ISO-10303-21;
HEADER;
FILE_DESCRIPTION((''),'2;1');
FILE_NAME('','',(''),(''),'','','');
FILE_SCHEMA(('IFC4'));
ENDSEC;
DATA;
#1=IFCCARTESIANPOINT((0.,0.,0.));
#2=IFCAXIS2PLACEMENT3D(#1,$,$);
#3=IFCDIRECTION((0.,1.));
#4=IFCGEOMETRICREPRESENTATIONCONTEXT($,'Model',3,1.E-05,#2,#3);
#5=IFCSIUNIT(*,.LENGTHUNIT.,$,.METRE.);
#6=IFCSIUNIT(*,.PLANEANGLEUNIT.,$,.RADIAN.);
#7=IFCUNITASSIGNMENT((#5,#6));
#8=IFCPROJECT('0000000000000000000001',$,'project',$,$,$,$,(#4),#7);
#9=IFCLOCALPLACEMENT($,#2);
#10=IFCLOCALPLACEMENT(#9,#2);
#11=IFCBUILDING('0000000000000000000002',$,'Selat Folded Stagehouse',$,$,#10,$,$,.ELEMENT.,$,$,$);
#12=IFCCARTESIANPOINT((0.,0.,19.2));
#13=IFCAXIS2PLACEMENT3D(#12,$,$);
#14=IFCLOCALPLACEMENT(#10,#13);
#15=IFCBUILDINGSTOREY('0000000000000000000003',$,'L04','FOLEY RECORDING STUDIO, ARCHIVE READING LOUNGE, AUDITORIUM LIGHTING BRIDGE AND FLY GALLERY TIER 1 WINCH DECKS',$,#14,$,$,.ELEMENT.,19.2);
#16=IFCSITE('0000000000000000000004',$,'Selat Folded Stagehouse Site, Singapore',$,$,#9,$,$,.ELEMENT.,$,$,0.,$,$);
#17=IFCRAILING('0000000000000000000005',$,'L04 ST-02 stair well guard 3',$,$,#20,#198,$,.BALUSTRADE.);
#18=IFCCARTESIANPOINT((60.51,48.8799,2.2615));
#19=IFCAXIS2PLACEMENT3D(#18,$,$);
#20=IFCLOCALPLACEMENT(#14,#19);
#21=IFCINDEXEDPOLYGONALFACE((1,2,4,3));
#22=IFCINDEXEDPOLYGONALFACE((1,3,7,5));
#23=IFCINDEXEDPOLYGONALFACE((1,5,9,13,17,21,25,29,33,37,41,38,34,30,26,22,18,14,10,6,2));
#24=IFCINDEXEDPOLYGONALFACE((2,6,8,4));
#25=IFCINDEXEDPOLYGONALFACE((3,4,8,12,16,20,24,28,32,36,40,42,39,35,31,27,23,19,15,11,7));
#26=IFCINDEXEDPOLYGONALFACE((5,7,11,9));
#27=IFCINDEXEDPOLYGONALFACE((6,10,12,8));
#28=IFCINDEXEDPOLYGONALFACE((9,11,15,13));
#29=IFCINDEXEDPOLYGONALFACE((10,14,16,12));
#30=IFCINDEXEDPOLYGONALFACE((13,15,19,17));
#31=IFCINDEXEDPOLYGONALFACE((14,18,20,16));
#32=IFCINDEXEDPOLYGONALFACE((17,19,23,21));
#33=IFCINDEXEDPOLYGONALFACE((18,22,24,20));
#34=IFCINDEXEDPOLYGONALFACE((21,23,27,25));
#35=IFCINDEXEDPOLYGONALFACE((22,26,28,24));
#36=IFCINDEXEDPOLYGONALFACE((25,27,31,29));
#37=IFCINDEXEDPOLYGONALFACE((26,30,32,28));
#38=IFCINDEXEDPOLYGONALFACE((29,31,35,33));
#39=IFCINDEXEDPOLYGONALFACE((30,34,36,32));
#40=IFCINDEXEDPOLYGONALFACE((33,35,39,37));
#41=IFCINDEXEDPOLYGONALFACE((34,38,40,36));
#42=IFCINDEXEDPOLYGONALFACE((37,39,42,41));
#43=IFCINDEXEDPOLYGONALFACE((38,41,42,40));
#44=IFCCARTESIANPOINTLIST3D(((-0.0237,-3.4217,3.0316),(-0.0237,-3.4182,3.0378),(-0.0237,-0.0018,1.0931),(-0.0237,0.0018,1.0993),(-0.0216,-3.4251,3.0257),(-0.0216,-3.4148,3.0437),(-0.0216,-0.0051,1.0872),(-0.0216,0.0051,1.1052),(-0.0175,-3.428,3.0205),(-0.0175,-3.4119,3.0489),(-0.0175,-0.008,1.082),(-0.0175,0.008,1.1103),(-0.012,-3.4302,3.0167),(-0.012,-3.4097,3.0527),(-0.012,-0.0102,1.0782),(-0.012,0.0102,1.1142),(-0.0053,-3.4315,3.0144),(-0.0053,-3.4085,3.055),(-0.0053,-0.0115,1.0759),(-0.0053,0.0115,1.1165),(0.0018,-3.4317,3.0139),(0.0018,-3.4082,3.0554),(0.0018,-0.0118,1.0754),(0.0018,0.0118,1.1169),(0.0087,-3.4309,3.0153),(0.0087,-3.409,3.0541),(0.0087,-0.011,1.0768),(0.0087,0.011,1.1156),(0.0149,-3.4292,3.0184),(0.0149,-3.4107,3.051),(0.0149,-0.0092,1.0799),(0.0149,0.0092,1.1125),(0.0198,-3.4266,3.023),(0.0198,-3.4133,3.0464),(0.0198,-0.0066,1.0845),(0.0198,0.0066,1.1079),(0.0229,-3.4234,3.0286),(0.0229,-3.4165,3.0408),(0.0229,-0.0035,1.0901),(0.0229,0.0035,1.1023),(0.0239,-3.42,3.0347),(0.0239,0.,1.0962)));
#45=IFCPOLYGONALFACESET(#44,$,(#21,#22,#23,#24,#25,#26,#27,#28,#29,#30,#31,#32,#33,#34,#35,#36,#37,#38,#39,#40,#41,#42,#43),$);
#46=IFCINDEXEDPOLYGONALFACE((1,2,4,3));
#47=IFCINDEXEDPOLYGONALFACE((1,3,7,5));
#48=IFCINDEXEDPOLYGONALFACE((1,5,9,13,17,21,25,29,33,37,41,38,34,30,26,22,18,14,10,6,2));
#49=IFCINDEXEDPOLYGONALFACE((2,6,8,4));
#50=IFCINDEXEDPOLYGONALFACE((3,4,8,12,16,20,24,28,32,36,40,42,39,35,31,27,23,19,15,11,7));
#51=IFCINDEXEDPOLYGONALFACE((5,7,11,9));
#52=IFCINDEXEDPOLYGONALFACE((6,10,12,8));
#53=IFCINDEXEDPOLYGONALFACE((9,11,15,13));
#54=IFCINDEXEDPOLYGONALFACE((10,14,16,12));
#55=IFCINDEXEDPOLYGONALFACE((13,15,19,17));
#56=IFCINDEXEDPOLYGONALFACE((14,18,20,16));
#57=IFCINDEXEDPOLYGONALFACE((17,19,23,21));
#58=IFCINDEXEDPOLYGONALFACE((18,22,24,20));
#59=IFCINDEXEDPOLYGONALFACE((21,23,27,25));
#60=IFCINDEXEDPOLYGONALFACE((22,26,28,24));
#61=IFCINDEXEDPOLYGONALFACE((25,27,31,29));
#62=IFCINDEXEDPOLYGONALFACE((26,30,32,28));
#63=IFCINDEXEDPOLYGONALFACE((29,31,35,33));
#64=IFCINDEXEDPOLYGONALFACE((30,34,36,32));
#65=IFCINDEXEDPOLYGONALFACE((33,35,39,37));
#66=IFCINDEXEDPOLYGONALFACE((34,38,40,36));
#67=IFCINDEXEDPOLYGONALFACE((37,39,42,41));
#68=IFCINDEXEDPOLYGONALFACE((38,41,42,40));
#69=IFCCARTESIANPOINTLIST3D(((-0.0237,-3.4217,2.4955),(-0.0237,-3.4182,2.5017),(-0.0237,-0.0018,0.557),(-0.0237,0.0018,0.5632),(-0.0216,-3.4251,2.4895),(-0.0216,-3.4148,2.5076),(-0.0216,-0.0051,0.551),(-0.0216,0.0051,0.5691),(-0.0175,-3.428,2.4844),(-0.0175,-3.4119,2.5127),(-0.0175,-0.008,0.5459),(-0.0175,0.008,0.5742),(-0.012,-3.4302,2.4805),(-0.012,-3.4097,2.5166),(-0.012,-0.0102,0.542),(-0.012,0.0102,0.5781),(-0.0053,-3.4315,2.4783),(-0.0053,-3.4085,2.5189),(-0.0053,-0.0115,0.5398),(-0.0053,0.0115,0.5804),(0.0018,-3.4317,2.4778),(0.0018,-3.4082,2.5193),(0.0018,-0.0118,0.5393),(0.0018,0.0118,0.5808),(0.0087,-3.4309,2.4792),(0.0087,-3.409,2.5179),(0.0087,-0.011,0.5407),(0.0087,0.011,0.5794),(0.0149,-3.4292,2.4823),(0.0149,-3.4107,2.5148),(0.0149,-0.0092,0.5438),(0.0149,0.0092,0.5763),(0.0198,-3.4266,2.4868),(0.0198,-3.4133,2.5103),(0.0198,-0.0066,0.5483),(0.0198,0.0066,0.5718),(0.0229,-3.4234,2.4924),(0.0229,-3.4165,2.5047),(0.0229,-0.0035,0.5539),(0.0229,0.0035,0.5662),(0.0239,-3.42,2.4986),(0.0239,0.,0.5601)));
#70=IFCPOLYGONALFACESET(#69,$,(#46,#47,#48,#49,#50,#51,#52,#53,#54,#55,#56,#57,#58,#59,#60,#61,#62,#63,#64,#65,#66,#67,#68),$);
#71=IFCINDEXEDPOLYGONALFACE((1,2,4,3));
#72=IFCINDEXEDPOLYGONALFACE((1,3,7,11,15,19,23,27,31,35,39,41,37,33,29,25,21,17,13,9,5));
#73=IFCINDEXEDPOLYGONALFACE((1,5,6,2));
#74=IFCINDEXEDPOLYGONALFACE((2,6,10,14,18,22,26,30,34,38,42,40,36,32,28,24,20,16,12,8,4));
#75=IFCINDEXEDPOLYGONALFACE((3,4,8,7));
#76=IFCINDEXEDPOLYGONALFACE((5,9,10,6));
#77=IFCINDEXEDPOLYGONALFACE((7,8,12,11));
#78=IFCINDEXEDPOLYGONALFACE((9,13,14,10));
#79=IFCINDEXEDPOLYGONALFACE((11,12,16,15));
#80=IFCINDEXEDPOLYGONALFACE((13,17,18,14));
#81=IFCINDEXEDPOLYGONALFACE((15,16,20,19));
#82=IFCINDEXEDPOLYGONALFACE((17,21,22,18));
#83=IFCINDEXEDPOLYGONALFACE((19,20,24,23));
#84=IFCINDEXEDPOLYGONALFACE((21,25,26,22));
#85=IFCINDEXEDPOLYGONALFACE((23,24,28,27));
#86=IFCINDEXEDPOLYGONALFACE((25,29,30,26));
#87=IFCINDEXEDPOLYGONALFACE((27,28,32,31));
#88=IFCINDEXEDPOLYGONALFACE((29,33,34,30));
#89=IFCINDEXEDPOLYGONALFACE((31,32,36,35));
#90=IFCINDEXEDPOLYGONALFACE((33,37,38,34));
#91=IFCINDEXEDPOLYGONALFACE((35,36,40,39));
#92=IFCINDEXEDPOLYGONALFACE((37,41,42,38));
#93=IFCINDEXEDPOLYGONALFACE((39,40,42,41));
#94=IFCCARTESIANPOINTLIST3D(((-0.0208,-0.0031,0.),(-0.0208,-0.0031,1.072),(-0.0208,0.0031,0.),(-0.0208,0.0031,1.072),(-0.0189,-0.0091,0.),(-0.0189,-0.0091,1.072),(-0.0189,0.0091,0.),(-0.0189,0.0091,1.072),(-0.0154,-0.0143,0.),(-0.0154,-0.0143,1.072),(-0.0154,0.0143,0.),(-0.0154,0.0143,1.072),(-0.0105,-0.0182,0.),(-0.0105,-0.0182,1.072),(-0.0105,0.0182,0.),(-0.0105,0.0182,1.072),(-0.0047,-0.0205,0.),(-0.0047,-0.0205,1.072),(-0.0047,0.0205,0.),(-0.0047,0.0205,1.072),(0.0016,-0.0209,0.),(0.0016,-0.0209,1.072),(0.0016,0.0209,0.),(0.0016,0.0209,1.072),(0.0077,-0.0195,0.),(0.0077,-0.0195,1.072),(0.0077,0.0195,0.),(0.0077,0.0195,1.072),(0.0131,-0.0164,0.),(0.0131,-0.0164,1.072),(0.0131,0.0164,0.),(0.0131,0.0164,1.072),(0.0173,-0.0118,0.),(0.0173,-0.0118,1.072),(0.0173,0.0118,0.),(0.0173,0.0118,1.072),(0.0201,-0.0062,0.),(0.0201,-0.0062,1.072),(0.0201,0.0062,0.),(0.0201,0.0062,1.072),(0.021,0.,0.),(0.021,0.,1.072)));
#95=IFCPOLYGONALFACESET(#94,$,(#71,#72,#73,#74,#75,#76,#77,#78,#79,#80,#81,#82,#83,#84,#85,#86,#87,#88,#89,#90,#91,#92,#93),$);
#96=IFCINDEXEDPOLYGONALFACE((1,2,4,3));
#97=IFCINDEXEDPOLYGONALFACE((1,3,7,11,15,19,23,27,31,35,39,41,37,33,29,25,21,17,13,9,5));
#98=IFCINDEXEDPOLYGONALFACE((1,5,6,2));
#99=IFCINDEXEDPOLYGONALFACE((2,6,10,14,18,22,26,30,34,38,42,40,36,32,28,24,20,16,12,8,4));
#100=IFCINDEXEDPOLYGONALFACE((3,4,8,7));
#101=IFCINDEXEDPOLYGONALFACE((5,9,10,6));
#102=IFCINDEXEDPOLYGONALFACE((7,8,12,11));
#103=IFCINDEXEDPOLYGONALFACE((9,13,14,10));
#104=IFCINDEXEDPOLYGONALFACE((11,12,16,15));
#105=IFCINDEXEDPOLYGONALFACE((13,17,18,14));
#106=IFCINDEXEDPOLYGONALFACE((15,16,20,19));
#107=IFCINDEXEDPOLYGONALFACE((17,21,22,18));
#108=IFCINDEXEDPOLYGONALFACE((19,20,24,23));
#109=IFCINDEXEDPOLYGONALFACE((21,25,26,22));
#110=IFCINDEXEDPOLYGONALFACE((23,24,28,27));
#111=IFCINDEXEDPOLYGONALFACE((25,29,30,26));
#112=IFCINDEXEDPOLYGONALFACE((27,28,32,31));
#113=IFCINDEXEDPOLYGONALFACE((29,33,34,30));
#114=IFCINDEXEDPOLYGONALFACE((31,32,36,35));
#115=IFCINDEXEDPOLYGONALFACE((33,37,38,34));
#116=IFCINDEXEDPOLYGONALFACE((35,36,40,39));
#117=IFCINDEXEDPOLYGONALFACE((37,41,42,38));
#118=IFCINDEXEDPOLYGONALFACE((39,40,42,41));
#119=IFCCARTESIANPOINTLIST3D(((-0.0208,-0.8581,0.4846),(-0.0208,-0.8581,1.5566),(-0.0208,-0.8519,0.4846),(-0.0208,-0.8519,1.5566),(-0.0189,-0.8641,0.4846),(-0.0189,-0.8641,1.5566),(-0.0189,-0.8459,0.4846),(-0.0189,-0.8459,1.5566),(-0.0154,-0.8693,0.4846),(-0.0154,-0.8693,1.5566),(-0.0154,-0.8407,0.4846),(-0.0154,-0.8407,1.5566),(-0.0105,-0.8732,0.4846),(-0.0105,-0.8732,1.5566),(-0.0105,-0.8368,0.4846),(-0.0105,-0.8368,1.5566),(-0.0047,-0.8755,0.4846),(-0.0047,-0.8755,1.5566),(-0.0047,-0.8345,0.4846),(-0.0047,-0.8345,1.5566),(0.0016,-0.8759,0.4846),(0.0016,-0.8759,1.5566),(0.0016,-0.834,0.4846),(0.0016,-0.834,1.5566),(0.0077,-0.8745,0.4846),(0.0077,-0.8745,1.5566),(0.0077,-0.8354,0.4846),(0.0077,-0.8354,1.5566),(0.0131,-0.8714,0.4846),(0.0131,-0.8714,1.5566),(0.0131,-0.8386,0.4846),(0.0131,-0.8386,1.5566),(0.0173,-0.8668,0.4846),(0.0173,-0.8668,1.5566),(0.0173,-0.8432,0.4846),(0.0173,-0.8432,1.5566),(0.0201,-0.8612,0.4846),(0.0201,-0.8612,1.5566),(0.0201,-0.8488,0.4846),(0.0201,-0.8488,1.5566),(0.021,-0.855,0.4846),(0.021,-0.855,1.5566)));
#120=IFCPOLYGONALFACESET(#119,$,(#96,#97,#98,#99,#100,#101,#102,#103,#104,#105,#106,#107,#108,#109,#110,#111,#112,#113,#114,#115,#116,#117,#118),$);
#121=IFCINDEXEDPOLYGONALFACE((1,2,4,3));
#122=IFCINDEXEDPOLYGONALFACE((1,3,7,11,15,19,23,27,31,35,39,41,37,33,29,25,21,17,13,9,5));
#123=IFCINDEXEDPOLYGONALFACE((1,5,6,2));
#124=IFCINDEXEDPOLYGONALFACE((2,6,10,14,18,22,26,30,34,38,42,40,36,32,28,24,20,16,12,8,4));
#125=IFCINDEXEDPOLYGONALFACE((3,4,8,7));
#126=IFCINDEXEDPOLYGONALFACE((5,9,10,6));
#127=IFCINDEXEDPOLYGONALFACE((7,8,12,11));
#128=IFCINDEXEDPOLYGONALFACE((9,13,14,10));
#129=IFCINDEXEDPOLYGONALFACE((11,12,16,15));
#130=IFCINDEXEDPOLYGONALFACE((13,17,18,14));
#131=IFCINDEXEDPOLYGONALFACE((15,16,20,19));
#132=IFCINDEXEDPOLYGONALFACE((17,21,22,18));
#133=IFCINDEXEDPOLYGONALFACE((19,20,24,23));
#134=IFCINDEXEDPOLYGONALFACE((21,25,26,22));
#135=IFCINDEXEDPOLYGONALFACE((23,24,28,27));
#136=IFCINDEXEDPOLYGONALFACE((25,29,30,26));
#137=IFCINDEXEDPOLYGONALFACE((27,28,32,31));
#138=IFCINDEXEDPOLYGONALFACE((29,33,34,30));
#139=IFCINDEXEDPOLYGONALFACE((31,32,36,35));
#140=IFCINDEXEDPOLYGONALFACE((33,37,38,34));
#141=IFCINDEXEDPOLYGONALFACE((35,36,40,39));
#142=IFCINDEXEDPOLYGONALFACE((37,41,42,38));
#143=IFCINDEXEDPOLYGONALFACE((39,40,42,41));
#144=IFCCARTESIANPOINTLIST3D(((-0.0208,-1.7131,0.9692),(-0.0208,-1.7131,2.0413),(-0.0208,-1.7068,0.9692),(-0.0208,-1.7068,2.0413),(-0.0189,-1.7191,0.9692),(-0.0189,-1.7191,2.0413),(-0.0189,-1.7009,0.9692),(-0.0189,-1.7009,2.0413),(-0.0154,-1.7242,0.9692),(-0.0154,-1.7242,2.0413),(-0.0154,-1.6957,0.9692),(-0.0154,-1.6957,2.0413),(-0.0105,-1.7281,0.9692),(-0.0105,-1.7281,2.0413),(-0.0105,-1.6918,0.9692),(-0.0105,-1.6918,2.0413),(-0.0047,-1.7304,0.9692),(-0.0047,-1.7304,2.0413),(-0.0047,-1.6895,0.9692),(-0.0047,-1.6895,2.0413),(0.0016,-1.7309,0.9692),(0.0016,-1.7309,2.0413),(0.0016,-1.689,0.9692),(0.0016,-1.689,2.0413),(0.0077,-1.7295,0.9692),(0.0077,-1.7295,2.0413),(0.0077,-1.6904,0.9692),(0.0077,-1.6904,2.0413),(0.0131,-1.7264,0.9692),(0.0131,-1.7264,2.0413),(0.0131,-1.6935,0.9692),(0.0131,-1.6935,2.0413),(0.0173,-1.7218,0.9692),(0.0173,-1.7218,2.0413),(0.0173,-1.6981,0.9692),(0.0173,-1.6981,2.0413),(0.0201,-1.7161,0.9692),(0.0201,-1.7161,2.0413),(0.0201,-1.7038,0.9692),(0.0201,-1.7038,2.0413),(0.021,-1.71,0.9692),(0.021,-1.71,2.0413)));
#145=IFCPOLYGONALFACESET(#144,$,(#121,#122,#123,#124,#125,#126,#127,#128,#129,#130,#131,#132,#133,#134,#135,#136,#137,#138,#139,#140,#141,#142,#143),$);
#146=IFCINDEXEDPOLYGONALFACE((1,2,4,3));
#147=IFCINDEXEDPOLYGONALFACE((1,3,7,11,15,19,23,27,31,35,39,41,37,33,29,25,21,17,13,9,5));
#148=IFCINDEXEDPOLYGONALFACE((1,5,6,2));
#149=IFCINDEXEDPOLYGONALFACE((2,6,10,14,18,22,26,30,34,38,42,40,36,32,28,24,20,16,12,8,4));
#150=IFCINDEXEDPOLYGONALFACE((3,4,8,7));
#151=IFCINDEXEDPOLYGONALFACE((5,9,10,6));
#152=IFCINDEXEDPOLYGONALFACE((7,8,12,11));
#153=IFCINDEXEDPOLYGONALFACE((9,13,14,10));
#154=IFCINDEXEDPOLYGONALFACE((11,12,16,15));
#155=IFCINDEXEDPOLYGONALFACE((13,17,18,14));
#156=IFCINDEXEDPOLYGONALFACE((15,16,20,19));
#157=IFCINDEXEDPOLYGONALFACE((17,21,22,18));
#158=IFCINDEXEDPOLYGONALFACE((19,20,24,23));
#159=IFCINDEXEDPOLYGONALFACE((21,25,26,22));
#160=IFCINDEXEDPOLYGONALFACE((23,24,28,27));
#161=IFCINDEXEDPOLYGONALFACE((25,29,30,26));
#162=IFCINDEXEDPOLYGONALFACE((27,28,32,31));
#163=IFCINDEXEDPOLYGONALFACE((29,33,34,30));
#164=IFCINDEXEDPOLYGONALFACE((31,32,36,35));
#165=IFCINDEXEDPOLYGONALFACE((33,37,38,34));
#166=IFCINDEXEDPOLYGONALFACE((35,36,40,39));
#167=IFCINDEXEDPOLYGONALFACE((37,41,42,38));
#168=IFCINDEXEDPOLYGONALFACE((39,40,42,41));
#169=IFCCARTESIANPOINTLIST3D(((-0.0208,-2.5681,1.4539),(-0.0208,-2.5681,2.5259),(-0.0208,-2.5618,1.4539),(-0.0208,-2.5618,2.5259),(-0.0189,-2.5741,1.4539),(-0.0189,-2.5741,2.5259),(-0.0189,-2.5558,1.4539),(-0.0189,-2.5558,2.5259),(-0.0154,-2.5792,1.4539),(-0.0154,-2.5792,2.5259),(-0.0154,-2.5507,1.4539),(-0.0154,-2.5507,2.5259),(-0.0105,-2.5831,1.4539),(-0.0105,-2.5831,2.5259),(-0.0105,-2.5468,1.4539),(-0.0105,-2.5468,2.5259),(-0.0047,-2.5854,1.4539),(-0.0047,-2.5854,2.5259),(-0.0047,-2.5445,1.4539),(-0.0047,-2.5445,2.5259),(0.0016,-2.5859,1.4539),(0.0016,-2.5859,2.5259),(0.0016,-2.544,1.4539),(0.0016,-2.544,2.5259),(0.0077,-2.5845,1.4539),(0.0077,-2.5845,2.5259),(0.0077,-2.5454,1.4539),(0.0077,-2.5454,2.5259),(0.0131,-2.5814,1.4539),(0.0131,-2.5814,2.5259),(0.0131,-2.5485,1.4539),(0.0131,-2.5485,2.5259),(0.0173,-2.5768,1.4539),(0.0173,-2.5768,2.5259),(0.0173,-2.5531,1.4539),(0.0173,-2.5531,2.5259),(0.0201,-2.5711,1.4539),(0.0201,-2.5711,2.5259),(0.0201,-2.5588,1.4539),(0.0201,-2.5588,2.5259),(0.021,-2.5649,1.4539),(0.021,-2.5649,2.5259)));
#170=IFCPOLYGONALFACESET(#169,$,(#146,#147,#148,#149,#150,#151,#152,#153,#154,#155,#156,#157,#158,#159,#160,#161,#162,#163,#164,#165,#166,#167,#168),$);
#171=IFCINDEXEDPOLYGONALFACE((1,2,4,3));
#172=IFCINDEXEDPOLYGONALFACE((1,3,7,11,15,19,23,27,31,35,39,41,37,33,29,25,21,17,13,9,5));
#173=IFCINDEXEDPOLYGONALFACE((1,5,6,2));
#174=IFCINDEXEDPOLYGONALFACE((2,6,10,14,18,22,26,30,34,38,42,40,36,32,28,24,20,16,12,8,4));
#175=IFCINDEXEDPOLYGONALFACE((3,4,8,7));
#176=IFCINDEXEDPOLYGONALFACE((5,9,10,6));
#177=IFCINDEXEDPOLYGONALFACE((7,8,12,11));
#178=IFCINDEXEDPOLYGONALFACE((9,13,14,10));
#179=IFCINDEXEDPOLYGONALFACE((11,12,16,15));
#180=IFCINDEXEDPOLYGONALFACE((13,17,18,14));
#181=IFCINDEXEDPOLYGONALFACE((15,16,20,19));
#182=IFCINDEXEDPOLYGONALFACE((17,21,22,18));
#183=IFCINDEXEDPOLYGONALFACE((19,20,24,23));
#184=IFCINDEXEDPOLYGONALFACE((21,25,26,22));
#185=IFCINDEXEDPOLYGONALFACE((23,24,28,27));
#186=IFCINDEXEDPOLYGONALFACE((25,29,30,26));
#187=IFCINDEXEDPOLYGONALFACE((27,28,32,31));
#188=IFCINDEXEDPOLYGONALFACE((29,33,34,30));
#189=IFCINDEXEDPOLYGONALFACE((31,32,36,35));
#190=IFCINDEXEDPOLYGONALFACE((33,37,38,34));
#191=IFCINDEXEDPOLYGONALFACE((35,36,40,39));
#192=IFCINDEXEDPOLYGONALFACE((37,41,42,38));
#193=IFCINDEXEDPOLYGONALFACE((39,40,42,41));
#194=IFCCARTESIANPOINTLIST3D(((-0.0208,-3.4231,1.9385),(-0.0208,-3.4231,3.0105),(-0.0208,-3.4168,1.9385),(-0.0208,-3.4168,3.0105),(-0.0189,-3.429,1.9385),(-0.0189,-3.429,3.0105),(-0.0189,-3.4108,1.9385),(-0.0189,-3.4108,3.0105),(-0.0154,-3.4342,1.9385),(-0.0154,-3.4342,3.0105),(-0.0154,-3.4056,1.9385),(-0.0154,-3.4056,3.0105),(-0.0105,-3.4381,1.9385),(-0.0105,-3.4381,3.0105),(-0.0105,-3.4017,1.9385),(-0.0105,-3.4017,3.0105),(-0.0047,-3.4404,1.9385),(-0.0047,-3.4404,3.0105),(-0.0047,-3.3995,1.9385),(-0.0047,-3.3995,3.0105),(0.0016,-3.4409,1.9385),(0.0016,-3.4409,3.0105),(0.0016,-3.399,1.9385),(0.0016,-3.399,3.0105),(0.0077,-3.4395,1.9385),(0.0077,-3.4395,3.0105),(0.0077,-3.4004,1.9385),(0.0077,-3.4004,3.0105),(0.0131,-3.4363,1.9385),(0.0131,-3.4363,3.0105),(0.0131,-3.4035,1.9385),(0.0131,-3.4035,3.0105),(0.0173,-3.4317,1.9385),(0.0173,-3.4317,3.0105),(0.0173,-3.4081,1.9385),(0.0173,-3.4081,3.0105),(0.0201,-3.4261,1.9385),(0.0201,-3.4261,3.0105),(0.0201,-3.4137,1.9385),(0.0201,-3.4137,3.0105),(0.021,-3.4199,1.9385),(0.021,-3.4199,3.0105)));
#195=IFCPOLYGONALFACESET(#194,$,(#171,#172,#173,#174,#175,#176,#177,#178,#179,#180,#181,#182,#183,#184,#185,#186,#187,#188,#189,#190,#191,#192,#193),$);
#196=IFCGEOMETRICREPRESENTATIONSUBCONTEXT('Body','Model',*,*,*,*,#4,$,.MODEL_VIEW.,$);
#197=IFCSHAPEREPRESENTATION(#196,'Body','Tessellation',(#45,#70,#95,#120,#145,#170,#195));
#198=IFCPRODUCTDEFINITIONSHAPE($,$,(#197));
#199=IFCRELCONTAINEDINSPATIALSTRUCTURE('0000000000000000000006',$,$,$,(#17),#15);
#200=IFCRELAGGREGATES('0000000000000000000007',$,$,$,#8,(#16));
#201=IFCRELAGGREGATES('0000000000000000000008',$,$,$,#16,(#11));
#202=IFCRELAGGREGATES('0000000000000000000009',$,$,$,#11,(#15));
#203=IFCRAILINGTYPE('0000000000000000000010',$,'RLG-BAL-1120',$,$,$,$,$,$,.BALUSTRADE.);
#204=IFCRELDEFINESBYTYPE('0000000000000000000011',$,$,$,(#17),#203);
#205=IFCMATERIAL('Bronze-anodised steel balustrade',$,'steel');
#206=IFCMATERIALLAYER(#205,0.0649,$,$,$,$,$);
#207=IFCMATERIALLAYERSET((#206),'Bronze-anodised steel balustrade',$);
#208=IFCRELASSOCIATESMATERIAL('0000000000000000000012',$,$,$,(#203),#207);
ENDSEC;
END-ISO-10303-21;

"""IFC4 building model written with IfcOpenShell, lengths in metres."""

from ifc_helpers import new_model, si_unit, direction, frame, origin, origin_2d, place, context, subcontext, project, spatial, circle, extrude, material, layer, layer_set, type_object, element, save


model = new_model("IFC4")

# Units and contexts
model_context = context("Model", 3, precision=1e-05, world=origin(), true_north=direction((0.0, 1.0)))
body_context = subcontext(model_context, "Body", "Model", "MODEL_VIEW")
ifc_project = project(units=[si_unit("LENGTHUNIT", "METRE"), si_unit("PLANEANGLEUNIT", "RADIAN")], contexts=[model_context])

# Site, building, storey
site_placement = place(None, origin())
site = spatial("IfcSite", under=ifc_project, at=site_placement, Name="Selat Folded Stagehouse Site, Singapore", CompositionType="ELEMENT", RefElevation=0.0)
building_placement = place(site_placement, origin())
building = spatial("IfcBuilding", under=site, at=building_placement, Name="Selat Folded Stagehouse", CompositionType="ELEMENT")
storey_placement = place(building_placement, frame((0.0, 0.0, 19.2)))
storey = spatial("IfcBuildingStorey", under=building, at=storey_placement, Name="L04", Description="FOLEY RECORDING STUDIO, ARCHIVE READING LOUNGE, AUDITORIUM LIGHTING BRIDGE AND FLY GALLERY TIER 1 WINCH DECKS", CompositionType="ELEMENT", Elevation=19.2)

# Railing
ifc_material_1 = material(Name="Bronze-anodised steel balustrade", Category="steel")
ifc_layer_1 = layer(ifc_material_1, 0.0649)
ifc_layer_set_1 = layer_set([ifc_layer_1], Name="Bronze-anodised steel balustrade")
railing_type_1 = type_object("IfcRailingType", Name="RLG-BAL-1120", PredefinedType="BALUSTRADE", material=ifc_layer_set_1)
railing_1_placement = place(storey_placement, frame((60.51, 48.8799, 2.2615)))
element("IfcRailing", 1, at=railing_1_placement, inside=storey, type_object=railing_type_1, Name="L04 ST-02 stair well guard 3", PredefinedType="BALUSTRADE", context=body_context, shape_type="SweptSolid", body=[
    extrude(circle(Radius=0.0239, at=origin_2d()), frame((0.0, 0.0, 1.0962), z_axis=(0.0, -0.869965, 0.493113), x_axis=(1.0, 0.0, 0.0)), (0.0, 0.0, 1.0), 3.9312),
    extrude(circle(Radius=0.0239, at=origin_2d()), frame((0.0, 0.0, 0.5601), z_axis=(0.0, -0.869965, 0.493113), x_axis=(1.0, 0.0, 0.0)), (0.0, 0.0, 1.0), 3.9312),
    extrude(circle(Radius=0.021, at=origin_2d()), origin(), (0.0, 0.0, 1.0), 1.072),
    extrude(circle(Radius=0.021, at=origin_2d()), frame((0.0, -0.855, 0.4846)), (0.0, 0.0, 1.0), 1.072),
    extrude(circle(Radius=0.021, at=origin_2d()), frame((0.0, -1.71, 0.9692)), (0.0, 0.0, 1.0), 1.072),
    extrude(circle(Radius=0.021, at=origin_2d()), frame((0.0, -2.5649, 1.4539)), (0.0, 0.0, 1.0), 1.072),
    extrude(circle(Radius=0.021, at=origin_2d()), frame((0.0, -3.4199, 1.9385)), (0.0, 0.0, 1.0), 1.072),
])

save(model, "model.ifc")
